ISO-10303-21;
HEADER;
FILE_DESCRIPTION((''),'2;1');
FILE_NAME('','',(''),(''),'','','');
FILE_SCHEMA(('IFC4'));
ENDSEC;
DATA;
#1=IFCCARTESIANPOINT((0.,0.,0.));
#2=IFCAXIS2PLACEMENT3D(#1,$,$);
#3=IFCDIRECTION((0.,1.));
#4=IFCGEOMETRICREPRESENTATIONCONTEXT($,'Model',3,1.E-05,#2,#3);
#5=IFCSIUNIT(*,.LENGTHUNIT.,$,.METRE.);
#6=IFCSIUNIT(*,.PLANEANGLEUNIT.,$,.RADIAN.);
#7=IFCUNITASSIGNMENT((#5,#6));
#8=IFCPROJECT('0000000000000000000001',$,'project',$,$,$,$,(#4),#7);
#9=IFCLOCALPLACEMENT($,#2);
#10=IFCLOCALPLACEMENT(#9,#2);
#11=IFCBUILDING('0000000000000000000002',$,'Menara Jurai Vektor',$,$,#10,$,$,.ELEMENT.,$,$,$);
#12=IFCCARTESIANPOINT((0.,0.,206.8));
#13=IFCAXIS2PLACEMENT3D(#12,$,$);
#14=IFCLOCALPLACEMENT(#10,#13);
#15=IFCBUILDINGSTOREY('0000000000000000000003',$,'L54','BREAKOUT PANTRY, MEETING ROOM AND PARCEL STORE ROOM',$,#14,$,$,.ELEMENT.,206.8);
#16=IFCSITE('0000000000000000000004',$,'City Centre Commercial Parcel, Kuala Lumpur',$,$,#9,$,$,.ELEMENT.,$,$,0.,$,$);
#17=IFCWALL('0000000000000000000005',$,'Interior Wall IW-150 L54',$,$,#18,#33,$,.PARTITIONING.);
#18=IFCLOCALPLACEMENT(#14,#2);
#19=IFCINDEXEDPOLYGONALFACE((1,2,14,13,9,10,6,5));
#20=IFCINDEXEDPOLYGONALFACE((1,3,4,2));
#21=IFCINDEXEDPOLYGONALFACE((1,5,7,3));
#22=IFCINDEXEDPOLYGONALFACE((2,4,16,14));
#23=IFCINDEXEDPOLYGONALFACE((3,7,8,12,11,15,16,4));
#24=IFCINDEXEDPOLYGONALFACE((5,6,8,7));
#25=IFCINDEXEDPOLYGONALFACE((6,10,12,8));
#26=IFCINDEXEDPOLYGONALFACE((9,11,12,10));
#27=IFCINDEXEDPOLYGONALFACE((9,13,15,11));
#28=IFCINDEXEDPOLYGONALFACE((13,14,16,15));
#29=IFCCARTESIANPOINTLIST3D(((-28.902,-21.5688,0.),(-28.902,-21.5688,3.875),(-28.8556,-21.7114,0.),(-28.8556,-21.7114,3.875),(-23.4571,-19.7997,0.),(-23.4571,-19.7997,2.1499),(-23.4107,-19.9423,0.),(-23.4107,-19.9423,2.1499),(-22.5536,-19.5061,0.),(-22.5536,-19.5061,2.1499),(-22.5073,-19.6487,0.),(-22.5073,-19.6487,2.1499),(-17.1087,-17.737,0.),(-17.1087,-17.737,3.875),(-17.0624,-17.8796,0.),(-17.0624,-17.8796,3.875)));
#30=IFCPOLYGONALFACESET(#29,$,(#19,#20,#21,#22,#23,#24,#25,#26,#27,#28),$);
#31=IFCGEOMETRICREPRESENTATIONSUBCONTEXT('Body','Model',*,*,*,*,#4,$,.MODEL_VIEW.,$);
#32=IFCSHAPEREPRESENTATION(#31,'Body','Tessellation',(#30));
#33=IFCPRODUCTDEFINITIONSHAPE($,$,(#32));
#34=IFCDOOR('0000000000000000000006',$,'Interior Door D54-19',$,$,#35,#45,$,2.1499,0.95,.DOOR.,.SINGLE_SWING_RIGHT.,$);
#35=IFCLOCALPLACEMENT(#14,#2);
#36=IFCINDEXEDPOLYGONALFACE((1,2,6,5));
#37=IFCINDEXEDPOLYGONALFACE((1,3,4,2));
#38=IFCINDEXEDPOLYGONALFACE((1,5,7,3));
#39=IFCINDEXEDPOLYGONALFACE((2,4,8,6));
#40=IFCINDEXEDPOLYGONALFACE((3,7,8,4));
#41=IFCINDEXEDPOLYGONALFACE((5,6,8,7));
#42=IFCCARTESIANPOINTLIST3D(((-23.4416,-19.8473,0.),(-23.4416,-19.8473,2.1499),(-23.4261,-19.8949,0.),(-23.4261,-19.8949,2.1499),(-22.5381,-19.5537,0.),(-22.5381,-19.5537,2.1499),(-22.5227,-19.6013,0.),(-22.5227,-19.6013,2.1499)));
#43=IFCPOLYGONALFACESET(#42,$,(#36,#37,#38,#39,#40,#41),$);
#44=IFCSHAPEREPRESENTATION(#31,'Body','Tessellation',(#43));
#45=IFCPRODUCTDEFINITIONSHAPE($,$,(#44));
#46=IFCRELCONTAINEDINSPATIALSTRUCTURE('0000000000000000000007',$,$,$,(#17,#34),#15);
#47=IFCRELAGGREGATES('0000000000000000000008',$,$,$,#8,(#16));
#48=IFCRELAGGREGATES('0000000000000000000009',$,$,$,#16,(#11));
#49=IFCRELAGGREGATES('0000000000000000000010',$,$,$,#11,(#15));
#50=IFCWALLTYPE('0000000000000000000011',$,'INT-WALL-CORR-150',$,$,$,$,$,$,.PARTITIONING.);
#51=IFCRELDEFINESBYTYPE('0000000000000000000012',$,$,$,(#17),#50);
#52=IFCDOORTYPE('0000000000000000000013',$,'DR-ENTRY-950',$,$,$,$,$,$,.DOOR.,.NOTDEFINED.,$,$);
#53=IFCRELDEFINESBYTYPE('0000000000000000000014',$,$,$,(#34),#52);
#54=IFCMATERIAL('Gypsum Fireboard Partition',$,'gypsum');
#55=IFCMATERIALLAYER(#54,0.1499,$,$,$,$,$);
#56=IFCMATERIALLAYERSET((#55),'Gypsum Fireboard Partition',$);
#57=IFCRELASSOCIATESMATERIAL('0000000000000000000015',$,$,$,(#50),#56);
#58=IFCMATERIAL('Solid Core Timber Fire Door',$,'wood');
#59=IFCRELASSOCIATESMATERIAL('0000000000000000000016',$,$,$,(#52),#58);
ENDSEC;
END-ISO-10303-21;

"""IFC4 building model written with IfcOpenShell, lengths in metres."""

from ifc_helpers import new_model, si_unit, direction, frame, frame_2d, origin, place, context, subcontext, project, spatial, rectangle, extrude, material, layer, layer_set, type_object, element, fill, save


model = new_model("IFC4")

# Units and contexts
model_context = context("Model", 3, precision=1e-05, world=origin(), true_north=direction((0.0, 1.0)))
body_context = subcontext(model_context, "Body", "Model", "MODEL_VIEW")
ifc_project = project(units=[si_unit("LENGTHUNIT", "METRE"), si_unit("PLANEANGLEUNIT", "RADIAN")], contexts=[model_context])

# Site, building, storey
site_placement = place(None, origin())
site = spatial("IfcSite", under=ifc_project, at=site_placement, Name="City Centre Commercial Parcel, Kuala Lumpur", CompositionType="ELEMENT", RefElevation=0.0)
building_placement = place(site_placement, origin())
building = spatial("IfcBuilding", under=site, at=building_placement, Name="Menara Jurai Vektor", CompositionType="ELEMENT")
storey_placement = place(building_placement, frame((0.0, 0.0, 206.8)))
storey = spatial("IfcBuildingStorey", under=building, at=storey_placement, Name="L54", Description="BREAKOUT PANTRY, MEETING ROOM AND PARCEL STORE ROOM", CompositionType="ELEMENT", Elevation=206.8)

# Wall, opening, door
ifc_material_1 = material(Name="Gypsum Fireboard Partition", Category="gypsum")
ifc_layer_1 = layer(ifc_material_1, 0.1499)
ifc_layer_set_1 = layer_set([ifc_layer_1], Name="Gypsum Fireboard Partition")
wall_type = type_object("IfcWallType", Name="INT-WALL-CORR-150", PredefinedType="PARTITIONING", material=ifc_layer_set_1)
wall_placement = place(storey_placement, frame((-28.8789, -21.6401, 0.0), z_axis=(0.0, 0.0, 1.0), x_axis=(0.951058, 0.309013, 0.0)))
wall = element("IfcWall", 1, at=wall_placement, inside=storey, type_object=wall_type, Name="Interior Wall IW-150 L54", PredefinedType="PARTITIONING", context=body_context, shape_type="SweptSolid", body=[
    extrude(rectangle(XDim=12.4001, YDim=0.1499, at=frame_2d((6.2002, 0.0))), origin(), (0.0, 0.0, 1.0), 3.875),
])
opening_placement = place(wall_placement, frame((5.7251, 0.0, 0.0)))
opening = element("IfcOpeningElement", 2, at=opening_placement, cuts=wall, PredefinedType="OPENING", context=body_context, shape_type="SweptSolid", body=[
    extrude(rectangle(XDim=0.95, YDim=2.1499, at=frame_2d((0.4751, 1.075))), frame((0.0, 0.085, 0.0), z_axis=(0.0, -1.0, 0.0), x_axis=(1.0, 0.0, 0.0)), (0.0, 0.0, 1.0), 0.1699),
])
ifc_material_2 = material(Name="Solid Core Timber Fire Door", Category="wood")
door_type = type_object("IfcDoorType", Name="DR-ENTRY-950", OperationType="NOTDEFINED", PredefinedType="DOOR", material=ifc_material_2)
door_placement = place(opening_placement, origin())
door = element("IfcDoor", 3, at=door_placement, inside=storey, type_object=door_type, Name="Interior Door D54-19", OperationType="SINGLE_SWING_RIGHT", OverallHeight=2.1499, OverallWidth=0.95, PredefinedType="DOOR", context=body_context, shape_type="SweptSolid", body=[
    extrude(rectangle(XDim=0.95, YDim=2.1499, at=frame_2d((0.4751, 1.075))), frame((0.0, 0.0249, 0.0), z_axis=(0.0, -1.0, 0.0), x_axis=(1.0, 0.0, 0.0)), (0.0, 0.0, 1.0), 0.05),
])
fill(opening, door)

save(model, "model.ifc")
